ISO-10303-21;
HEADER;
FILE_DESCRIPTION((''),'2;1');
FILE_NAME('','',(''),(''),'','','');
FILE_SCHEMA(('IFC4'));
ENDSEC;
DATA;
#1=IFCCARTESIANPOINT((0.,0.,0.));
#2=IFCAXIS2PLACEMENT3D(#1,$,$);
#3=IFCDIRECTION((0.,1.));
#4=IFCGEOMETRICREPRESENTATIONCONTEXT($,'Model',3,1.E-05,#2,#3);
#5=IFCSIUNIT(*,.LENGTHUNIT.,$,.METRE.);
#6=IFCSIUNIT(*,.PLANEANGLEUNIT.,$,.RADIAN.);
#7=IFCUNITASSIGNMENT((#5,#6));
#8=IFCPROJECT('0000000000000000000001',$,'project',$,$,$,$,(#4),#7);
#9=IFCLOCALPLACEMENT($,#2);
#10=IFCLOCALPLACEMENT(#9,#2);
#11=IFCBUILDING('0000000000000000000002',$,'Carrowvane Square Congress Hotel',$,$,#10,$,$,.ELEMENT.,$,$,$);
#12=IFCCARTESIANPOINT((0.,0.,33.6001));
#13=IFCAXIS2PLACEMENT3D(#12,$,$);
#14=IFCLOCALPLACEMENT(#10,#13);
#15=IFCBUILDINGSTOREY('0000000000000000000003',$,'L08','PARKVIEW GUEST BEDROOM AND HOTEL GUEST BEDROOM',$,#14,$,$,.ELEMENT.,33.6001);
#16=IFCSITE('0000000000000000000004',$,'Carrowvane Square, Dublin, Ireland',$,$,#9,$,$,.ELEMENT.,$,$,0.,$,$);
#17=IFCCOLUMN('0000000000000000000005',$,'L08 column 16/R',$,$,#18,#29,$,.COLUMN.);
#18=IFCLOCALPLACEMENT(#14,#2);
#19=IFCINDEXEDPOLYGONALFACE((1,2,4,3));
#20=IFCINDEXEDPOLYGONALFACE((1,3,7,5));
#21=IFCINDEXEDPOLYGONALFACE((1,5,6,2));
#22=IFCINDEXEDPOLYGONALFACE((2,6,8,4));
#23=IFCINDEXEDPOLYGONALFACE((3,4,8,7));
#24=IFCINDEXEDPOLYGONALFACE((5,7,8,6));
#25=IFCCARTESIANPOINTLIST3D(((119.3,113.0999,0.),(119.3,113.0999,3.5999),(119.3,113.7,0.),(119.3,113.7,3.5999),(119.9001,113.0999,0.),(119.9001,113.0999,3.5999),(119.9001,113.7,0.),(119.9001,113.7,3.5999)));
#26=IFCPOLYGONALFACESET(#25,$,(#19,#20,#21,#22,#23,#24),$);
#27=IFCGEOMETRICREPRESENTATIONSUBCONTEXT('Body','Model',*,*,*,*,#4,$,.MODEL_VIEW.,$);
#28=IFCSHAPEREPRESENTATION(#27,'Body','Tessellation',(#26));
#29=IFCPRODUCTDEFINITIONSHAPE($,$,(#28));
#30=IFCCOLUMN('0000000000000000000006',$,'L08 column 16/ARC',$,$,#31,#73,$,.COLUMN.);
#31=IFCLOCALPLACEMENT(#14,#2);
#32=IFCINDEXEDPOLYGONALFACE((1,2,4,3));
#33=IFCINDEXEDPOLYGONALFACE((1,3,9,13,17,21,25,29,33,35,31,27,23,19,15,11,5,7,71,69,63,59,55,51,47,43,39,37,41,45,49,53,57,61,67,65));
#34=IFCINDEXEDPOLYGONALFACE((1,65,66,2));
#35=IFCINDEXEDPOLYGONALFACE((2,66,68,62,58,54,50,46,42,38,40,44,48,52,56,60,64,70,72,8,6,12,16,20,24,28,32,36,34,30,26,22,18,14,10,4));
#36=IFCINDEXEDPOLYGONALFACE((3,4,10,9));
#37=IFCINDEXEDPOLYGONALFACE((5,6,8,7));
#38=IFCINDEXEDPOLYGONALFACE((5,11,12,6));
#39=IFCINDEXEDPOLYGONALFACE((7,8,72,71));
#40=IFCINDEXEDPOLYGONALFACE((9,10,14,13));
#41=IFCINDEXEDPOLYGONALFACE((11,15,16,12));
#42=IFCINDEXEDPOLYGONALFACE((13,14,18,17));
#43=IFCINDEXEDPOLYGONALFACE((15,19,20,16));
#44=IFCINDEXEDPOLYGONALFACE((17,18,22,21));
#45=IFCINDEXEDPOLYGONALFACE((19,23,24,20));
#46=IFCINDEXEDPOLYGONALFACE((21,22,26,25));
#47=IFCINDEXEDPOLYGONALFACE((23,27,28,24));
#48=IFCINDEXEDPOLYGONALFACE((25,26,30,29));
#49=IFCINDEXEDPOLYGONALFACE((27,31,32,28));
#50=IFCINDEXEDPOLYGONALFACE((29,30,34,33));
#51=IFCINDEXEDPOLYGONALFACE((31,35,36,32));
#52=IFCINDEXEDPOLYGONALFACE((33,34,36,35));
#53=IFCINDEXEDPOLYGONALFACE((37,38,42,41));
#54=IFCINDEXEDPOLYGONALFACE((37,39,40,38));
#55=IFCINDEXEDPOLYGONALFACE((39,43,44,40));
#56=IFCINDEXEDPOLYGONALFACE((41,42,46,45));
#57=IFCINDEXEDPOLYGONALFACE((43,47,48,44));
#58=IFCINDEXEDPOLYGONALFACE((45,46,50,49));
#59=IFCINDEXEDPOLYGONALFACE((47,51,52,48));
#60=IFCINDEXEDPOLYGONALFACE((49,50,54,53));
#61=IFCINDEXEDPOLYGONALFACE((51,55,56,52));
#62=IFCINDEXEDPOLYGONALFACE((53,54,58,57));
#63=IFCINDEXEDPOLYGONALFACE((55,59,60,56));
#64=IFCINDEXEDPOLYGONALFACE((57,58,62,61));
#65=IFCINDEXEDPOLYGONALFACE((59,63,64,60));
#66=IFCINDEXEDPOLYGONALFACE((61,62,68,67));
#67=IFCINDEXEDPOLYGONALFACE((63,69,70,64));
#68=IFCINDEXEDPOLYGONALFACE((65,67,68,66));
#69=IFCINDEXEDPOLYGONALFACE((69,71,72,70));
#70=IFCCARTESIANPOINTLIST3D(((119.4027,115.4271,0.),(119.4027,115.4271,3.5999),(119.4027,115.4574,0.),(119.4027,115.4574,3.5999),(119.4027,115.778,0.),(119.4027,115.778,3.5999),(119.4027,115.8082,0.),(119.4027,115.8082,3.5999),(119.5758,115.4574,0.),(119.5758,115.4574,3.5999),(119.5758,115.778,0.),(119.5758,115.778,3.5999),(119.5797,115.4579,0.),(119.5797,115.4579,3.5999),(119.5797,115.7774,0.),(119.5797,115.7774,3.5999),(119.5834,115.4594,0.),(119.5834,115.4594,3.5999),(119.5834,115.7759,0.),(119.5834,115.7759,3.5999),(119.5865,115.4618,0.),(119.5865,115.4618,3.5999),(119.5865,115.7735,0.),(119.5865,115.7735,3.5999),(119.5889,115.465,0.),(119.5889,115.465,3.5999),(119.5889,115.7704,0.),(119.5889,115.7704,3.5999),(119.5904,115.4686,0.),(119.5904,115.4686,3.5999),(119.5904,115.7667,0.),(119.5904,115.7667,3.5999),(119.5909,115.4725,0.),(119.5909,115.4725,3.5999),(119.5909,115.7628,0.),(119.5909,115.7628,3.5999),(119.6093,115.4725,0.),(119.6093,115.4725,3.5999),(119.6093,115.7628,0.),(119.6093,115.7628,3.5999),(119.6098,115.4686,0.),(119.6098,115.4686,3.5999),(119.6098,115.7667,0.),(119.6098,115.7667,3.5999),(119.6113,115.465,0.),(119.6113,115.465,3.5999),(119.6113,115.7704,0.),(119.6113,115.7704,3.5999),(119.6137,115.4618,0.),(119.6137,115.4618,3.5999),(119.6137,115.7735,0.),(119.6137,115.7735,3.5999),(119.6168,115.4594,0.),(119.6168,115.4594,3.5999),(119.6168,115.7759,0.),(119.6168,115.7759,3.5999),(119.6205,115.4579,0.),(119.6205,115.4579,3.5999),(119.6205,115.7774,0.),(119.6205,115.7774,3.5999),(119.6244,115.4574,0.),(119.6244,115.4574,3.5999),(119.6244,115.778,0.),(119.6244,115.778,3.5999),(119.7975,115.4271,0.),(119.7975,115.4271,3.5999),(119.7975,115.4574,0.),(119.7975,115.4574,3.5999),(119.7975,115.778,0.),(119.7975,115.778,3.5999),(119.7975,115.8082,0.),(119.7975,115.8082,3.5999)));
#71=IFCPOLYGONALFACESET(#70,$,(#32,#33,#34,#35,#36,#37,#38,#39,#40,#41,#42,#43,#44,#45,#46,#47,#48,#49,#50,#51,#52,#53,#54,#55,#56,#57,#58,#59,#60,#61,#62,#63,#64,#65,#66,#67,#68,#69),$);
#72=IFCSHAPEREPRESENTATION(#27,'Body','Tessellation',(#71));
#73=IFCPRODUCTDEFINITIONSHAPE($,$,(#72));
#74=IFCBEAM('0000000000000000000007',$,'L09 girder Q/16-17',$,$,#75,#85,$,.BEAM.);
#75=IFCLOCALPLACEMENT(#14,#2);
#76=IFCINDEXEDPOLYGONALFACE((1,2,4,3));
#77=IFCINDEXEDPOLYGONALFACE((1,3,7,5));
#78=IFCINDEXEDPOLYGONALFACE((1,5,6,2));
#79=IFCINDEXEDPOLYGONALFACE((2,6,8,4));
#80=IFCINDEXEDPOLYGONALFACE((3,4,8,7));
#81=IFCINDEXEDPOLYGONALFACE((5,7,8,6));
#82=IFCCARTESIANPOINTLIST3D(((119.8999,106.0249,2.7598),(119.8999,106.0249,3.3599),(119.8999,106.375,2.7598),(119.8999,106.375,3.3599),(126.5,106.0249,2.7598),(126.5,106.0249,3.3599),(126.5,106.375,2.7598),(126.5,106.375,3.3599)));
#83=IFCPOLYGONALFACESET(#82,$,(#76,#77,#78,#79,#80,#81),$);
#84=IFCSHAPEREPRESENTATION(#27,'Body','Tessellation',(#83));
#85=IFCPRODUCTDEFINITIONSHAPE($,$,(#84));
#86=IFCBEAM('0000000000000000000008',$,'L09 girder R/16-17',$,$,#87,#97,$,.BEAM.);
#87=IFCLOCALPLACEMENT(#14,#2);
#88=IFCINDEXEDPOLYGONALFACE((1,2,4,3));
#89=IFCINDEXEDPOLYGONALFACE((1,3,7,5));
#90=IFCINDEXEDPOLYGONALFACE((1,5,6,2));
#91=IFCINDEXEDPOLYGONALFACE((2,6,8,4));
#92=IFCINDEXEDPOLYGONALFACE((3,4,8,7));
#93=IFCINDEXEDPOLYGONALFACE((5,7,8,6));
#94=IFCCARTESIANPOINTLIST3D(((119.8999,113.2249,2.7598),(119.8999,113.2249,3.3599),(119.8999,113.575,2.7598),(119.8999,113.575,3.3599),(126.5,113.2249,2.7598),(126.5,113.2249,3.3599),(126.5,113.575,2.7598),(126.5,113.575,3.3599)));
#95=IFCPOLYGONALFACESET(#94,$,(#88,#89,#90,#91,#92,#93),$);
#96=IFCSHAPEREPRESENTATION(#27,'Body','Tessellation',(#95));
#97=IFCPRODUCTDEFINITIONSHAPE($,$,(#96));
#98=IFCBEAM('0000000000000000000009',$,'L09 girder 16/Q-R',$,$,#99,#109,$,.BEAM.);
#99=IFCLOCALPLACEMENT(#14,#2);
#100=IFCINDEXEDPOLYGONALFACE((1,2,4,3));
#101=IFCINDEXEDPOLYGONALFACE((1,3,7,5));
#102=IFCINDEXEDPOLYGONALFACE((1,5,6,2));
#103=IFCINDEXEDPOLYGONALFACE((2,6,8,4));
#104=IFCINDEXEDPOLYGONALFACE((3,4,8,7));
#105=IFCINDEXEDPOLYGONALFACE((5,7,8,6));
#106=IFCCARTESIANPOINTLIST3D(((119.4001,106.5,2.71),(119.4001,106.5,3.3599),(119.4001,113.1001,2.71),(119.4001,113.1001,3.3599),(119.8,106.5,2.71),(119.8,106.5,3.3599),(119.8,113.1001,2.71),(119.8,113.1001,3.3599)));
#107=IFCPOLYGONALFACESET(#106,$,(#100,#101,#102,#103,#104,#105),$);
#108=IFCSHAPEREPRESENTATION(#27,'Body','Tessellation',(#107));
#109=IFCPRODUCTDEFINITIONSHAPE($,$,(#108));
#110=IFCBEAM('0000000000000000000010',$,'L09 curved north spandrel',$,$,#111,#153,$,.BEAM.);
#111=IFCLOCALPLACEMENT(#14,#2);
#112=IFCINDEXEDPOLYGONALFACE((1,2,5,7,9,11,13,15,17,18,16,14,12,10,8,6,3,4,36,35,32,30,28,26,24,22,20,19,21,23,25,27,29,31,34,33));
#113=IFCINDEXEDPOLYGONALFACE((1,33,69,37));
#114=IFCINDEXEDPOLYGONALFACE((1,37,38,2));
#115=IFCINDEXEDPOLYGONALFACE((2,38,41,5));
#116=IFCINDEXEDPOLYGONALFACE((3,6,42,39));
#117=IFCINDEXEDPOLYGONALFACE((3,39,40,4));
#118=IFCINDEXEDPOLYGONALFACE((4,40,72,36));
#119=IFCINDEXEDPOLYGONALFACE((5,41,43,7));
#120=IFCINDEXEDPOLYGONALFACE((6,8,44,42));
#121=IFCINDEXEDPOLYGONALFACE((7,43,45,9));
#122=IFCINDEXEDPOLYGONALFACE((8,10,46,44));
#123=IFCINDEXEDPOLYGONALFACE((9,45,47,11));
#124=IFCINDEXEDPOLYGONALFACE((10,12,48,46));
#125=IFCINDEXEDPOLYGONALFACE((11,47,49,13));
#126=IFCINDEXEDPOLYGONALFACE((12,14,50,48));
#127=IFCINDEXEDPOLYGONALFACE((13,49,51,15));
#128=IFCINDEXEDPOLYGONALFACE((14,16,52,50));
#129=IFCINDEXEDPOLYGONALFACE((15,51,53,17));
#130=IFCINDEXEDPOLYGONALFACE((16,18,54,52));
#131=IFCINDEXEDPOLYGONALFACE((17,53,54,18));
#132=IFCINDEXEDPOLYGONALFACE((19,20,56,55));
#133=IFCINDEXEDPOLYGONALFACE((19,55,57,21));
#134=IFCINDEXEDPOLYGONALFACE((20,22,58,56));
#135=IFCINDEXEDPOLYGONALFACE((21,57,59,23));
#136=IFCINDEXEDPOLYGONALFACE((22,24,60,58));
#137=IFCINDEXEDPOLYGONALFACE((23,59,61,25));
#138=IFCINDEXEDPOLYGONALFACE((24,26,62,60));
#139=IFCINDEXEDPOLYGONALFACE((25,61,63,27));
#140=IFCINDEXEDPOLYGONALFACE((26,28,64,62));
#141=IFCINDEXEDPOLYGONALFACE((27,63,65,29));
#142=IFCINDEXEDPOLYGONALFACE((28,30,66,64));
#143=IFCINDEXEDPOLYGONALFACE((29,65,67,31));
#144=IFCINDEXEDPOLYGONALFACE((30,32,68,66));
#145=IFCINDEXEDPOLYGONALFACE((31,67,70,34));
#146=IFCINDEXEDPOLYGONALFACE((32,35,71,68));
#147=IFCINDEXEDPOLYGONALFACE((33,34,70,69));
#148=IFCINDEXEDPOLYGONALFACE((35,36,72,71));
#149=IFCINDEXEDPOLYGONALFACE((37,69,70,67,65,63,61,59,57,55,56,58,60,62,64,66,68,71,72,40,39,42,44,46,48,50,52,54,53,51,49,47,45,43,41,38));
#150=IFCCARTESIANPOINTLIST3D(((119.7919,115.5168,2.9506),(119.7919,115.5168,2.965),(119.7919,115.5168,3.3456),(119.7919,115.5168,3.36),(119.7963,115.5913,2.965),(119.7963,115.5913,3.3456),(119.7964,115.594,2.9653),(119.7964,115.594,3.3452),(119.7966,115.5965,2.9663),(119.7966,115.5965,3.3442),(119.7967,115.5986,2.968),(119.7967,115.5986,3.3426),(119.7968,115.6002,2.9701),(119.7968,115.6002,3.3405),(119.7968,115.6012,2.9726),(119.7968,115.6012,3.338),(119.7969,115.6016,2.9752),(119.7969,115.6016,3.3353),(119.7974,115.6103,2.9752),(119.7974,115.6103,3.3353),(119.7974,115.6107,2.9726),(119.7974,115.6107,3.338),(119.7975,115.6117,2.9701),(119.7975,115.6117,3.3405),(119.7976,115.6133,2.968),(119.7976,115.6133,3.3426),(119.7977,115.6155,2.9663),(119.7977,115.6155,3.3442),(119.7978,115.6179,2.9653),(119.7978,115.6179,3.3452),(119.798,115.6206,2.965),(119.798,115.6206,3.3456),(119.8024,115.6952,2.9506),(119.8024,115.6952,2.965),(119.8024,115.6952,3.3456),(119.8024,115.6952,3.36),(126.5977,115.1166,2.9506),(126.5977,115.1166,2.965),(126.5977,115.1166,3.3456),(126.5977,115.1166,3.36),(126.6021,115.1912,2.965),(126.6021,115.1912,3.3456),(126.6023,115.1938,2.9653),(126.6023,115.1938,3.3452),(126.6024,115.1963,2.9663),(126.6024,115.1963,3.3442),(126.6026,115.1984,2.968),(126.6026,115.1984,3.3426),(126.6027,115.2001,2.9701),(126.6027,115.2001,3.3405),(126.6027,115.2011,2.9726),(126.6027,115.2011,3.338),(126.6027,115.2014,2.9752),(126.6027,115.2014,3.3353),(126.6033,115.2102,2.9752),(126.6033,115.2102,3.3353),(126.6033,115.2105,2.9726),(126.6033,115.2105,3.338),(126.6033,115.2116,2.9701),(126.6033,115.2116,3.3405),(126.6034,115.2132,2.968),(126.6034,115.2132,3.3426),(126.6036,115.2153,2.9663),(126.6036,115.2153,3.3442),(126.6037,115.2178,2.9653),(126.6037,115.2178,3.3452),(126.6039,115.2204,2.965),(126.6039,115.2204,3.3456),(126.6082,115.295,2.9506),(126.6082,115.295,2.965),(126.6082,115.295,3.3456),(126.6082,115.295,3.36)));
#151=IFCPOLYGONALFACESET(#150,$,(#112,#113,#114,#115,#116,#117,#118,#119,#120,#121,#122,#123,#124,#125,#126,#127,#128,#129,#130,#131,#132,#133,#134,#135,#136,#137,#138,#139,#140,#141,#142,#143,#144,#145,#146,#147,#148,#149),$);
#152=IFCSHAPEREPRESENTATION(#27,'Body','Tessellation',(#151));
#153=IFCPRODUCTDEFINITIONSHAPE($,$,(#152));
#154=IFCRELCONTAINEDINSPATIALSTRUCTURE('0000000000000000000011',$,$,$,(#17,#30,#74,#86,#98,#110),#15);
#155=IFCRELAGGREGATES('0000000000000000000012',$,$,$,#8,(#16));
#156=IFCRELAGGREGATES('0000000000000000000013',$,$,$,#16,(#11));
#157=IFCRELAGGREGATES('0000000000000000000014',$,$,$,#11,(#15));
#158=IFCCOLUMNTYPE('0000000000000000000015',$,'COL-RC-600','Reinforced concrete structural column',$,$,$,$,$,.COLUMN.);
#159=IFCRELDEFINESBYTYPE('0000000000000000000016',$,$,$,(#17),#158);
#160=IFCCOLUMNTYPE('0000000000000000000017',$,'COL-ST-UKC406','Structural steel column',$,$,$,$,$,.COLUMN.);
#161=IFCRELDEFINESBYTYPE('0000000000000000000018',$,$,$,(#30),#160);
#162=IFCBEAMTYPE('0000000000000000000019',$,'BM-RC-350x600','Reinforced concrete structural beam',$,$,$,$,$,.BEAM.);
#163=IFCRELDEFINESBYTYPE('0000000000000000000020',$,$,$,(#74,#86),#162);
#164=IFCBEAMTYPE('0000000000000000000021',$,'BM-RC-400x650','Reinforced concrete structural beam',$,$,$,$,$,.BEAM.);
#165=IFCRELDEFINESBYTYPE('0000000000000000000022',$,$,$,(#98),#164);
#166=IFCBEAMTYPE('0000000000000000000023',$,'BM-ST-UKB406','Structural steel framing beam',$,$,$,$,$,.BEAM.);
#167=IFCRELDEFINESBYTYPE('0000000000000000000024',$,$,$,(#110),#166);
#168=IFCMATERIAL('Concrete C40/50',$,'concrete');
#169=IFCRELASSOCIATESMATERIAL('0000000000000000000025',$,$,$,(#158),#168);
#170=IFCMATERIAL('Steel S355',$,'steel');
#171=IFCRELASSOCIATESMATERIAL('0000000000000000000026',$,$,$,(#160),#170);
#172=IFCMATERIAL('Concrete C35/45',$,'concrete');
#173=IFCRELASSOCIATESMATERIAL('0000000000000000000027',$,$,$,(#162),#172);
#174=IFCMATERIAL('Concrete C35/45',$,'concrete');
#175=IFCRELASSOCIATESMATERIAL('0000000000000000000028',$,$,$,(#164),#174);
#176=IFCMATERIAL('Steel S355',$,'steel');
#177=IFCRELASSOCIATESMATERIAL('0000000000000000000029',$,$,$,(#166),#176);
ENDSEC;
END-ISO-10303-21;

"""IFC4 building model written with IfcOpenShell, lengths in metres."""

from ifc_helpers import new_model, si_unit, direction, frame, origin, origin_2d, place, context, subcontext, project, spatial, rectangle, i_section, extrude, material, material_profile, profile_set, type_object, element, save


model = new_model("IFC4")

# Units and contexts
model_context = context("Model", 3, precision=1e-05, world=origin(), true_north=direction((0.0, 1.0)))
body_context = subcontext(model_context, "Body", "Model", "MODEL_VIEW")
ifc_project = project(units=[si_unit("LENGTHUNIT", "METRE"), si_unit("PLANEANGLEUNIT", "RADIAN")], contexts=[model_context])

# Site, building, storey
site_placement = place(None, origin())
site = spatial("IfcSite", under=ifc_project, at=site_placement, Name="Carrowvane Square, Dublin, Ireland", CompositionType="ELEMENT", RefElevation=0.0)
building_placement = place(site_placement, origin())
building = spatial("IfcBuilding", under=site, at=building_placement, Name="Carrowvane Square Congress Hotel", CompositionType="ELEMENT")
storey_placement = place(building_placement, frame((0.0, 0.0, 33.6001)))
storey = spatial("IfcBuildingStorey", under=building, at=storey_placement, Name="L08", Description="PARKVIEW GUEST BEDROOM AND HOTEL GUEST BEDROOM", CompositionType="ELEMENT", Elevation=33.6001)

# Columns
ifc_material_1 = material(Name="Concrete C40/50", Category="concrete")
ifc_material_profile_1 = material_profile(ifc_material_1, rectangle(XDim=0.6001, YDim=0.6001, at=origin_2d()), Name="RC 600x600")
ifc_profile_set_1 = profile_set([ifc_material_profile_1], Name="Concrete C40/50")
column_type_1 = type_object("IfcColumnType", Name="COL-RC-600", Description="Reinforced concrete structural column", PredefinedType="COLUMN", material=ifc_profile_set_1)
column_1_placement = place(storey_placement, frame((119.6001, 113.3999, 0.0), z_axis=(0.0, 0.0, 1.0), x_axis=(1.0, 0.0, 0.0)))
element("IfcColumn", 1, at=column_1_placement, inside=storey, type_object=column_type_1, Name="L08 column 16/R", PredefinedType="COLUMN", context=body_context, shape_type="SweptSolid", body=[
    extrude(rectangle(XDim=0.6001, YDim=0.6001, at=origin_2d()), origin(), (0.0, 0.0, 1.0), 3.5999),
])
ifc_material_2 = material(Name="Steel S355", Category="steel")
ifc_material_profile_2 = material_profile(ifc_material_2, i_section(OverallWidth=0.3948, OverallDepth=0.3811, WebThickness=0.0183, FlangeThickness=0.0303, FilletRadius=0.0151, at=origin_2d()), Name="UKC 356x406x235")
ifc_profile_set_2 = profile_set([ifc_material_profile_2], Name="Steel S355")
column_type_2 = type_object("IfcColumnType", Name="COL-ST-UKC406", Description="Structural steel column", PredefinedType="COLUMN", material=ifc_profile_set_2)
column_2_placement = place(storey_placement, frame((119.6001, 115.6177, 0.0), z_axis=(0.0, 0.0, 1.0), x_axis=(1.0, 0.0, 0.0)))
element("IfcColumn", 2, at=column_2_placement, inside=storey, type_object=column_type_2, Name="L08 column 16/ARC", PredefinedType="COLUMN", context=body_context, shape_type="SweptSolid", body=[
    extrude(i_section(OverallWidth=0.3948, OverallDepth=0.3811, WebThickness=0.0183, FlangeThickness=0.0303, FilletRadius=0.0151, at=origin_2d()), origin(), (0.0, 0.0, 1.0), 3.5999),
])

# Beams
ifc_material_3 = material(Name="Concrete C35/45", Category="concrete")
ifc_material_profile_3 = material_profile(ifc_material_3, rectangle(XDim=0.3501, YDim=0.6001, at=origin_2d()), Name="RC 350x600")
ifc_profile_set_3 = profile_set([ifc_material_profile_3], Name="Concrete C35/45")
beam_type_1 = type_object("IfcBeamType", Name="BM-RC-350x600", Description="Reinforced concrete structural beam", PredefinedType="BEAM", material=ifc_profile_set_3)
for number, where, z_axis, x_axis, name in (
    (3, (119.8999, 106.2, 3.0598), (1.0, 0.0, 0.0), (0.0, 1.0, 0.0), "L09 girder Q/16-17"),
    (4, (119.8999, 113.3999, 3.0598), (1.0, 0.0, 0.0), (0.0, 1.0, 0.0), "L09 girder R/16-17"),
):
    element("IfcBeam", number, at=place(storey_placement, frame(where, z_axis=z_axis, x_axis=x_axis)), inside=storey, type_object=beam_type_1, Name=name, PredefinedType="BEAM", context=body_context, shape_type="SweptSolid", body=[
        extrude(rectangle(XDim=0.3501, YDim=0.6001, at=origin_2d()), origin(), (0.0, 0.0, 1.0), 6.6001),
    ])
ifc_material_4 = material(Name="Concrete C35/45", Category="concrete")
ifc_material_profile_4 = material_profile(ifc_material_4, rectangle(XDim=0.3999, YDim=0.6499, at=origin_2d()), Name="RC 400x650")
ifc_profile_set_4 = profile_set([ifc_material_profile_4], Name="Concrete C35/45")
beam_type_2 = type_object("IfcBeamType", Name="BM-RC-400x650", Description="Reinforced concrete structural beam", PredefinedType="BEAM", material=ifc_profile_set_4)
beam_1_placement = place(storey_placement, frame((119.6001, 106.5, 3.0349), z_axis=(0.0, 1.0, 0.0), x_axis=(-1.0, 0.0, 0.0)))
element("IfcBeam", 5, at=beam_1_placement, inside=storey, type_object=beam_type_2, Name="L09 girder 16/Q-R", PredefinedType="BEAM", context=body_context, shape_type="SweptSolid", body=[
    extrude(rectangle(XDim=0.3999, YDim=0.6499, at=origin_2d()), origin(), (0.0, 0.0, 1.0), 6.6001),
])
ifc_material_5 = material(Name="Steel S355", Category="steel")
ifc_material_profile_5 = material_profile(ifc_material_5, i_section(OverallWidth=0.1787, OverallDepth=0.4094, WebThickness=0.0088, FlangeThickness=0.0144, FilletRadius=0.0103, at=origin_2d()), Name="UKB 406x178x67")
ifc_profile_set_5 = profile_set([ifc_material_profile_5], Name="Steel S355")
beam_type_3 = type_object("IfcBeamType", Name="BM-ST-UKB406", Description="Structural steel framing beam", PredefinedType="BEAM", material=ifc_profile_set_5)
beam_2_placement = place(storey_placement, frame((119.7971, 115.606, 3.1553), z_axis=(0.998276, -0.058693, 0.0), x_axis=(0.058693, 0.998276, 0.0)))
element("IfcBeam", 6, at=beam_2_placement, inside=storey, type_object=beam_type_3, Name="L09 curved north spandrel", PredefinedType="BEAM", context=body_context, shape_type="SweptSolid", body=[
    extrude(i_section(OverallWidth=0.1787, OverallDepth=0.4094, WebThickness=0.0088, FlangeThickness=0.0144, FilletRadius=0.0103, at=origin_2d()), origin(), (0.0, 0.0, 1.0), 6.8176),
])

save(model, "model.ifc")
